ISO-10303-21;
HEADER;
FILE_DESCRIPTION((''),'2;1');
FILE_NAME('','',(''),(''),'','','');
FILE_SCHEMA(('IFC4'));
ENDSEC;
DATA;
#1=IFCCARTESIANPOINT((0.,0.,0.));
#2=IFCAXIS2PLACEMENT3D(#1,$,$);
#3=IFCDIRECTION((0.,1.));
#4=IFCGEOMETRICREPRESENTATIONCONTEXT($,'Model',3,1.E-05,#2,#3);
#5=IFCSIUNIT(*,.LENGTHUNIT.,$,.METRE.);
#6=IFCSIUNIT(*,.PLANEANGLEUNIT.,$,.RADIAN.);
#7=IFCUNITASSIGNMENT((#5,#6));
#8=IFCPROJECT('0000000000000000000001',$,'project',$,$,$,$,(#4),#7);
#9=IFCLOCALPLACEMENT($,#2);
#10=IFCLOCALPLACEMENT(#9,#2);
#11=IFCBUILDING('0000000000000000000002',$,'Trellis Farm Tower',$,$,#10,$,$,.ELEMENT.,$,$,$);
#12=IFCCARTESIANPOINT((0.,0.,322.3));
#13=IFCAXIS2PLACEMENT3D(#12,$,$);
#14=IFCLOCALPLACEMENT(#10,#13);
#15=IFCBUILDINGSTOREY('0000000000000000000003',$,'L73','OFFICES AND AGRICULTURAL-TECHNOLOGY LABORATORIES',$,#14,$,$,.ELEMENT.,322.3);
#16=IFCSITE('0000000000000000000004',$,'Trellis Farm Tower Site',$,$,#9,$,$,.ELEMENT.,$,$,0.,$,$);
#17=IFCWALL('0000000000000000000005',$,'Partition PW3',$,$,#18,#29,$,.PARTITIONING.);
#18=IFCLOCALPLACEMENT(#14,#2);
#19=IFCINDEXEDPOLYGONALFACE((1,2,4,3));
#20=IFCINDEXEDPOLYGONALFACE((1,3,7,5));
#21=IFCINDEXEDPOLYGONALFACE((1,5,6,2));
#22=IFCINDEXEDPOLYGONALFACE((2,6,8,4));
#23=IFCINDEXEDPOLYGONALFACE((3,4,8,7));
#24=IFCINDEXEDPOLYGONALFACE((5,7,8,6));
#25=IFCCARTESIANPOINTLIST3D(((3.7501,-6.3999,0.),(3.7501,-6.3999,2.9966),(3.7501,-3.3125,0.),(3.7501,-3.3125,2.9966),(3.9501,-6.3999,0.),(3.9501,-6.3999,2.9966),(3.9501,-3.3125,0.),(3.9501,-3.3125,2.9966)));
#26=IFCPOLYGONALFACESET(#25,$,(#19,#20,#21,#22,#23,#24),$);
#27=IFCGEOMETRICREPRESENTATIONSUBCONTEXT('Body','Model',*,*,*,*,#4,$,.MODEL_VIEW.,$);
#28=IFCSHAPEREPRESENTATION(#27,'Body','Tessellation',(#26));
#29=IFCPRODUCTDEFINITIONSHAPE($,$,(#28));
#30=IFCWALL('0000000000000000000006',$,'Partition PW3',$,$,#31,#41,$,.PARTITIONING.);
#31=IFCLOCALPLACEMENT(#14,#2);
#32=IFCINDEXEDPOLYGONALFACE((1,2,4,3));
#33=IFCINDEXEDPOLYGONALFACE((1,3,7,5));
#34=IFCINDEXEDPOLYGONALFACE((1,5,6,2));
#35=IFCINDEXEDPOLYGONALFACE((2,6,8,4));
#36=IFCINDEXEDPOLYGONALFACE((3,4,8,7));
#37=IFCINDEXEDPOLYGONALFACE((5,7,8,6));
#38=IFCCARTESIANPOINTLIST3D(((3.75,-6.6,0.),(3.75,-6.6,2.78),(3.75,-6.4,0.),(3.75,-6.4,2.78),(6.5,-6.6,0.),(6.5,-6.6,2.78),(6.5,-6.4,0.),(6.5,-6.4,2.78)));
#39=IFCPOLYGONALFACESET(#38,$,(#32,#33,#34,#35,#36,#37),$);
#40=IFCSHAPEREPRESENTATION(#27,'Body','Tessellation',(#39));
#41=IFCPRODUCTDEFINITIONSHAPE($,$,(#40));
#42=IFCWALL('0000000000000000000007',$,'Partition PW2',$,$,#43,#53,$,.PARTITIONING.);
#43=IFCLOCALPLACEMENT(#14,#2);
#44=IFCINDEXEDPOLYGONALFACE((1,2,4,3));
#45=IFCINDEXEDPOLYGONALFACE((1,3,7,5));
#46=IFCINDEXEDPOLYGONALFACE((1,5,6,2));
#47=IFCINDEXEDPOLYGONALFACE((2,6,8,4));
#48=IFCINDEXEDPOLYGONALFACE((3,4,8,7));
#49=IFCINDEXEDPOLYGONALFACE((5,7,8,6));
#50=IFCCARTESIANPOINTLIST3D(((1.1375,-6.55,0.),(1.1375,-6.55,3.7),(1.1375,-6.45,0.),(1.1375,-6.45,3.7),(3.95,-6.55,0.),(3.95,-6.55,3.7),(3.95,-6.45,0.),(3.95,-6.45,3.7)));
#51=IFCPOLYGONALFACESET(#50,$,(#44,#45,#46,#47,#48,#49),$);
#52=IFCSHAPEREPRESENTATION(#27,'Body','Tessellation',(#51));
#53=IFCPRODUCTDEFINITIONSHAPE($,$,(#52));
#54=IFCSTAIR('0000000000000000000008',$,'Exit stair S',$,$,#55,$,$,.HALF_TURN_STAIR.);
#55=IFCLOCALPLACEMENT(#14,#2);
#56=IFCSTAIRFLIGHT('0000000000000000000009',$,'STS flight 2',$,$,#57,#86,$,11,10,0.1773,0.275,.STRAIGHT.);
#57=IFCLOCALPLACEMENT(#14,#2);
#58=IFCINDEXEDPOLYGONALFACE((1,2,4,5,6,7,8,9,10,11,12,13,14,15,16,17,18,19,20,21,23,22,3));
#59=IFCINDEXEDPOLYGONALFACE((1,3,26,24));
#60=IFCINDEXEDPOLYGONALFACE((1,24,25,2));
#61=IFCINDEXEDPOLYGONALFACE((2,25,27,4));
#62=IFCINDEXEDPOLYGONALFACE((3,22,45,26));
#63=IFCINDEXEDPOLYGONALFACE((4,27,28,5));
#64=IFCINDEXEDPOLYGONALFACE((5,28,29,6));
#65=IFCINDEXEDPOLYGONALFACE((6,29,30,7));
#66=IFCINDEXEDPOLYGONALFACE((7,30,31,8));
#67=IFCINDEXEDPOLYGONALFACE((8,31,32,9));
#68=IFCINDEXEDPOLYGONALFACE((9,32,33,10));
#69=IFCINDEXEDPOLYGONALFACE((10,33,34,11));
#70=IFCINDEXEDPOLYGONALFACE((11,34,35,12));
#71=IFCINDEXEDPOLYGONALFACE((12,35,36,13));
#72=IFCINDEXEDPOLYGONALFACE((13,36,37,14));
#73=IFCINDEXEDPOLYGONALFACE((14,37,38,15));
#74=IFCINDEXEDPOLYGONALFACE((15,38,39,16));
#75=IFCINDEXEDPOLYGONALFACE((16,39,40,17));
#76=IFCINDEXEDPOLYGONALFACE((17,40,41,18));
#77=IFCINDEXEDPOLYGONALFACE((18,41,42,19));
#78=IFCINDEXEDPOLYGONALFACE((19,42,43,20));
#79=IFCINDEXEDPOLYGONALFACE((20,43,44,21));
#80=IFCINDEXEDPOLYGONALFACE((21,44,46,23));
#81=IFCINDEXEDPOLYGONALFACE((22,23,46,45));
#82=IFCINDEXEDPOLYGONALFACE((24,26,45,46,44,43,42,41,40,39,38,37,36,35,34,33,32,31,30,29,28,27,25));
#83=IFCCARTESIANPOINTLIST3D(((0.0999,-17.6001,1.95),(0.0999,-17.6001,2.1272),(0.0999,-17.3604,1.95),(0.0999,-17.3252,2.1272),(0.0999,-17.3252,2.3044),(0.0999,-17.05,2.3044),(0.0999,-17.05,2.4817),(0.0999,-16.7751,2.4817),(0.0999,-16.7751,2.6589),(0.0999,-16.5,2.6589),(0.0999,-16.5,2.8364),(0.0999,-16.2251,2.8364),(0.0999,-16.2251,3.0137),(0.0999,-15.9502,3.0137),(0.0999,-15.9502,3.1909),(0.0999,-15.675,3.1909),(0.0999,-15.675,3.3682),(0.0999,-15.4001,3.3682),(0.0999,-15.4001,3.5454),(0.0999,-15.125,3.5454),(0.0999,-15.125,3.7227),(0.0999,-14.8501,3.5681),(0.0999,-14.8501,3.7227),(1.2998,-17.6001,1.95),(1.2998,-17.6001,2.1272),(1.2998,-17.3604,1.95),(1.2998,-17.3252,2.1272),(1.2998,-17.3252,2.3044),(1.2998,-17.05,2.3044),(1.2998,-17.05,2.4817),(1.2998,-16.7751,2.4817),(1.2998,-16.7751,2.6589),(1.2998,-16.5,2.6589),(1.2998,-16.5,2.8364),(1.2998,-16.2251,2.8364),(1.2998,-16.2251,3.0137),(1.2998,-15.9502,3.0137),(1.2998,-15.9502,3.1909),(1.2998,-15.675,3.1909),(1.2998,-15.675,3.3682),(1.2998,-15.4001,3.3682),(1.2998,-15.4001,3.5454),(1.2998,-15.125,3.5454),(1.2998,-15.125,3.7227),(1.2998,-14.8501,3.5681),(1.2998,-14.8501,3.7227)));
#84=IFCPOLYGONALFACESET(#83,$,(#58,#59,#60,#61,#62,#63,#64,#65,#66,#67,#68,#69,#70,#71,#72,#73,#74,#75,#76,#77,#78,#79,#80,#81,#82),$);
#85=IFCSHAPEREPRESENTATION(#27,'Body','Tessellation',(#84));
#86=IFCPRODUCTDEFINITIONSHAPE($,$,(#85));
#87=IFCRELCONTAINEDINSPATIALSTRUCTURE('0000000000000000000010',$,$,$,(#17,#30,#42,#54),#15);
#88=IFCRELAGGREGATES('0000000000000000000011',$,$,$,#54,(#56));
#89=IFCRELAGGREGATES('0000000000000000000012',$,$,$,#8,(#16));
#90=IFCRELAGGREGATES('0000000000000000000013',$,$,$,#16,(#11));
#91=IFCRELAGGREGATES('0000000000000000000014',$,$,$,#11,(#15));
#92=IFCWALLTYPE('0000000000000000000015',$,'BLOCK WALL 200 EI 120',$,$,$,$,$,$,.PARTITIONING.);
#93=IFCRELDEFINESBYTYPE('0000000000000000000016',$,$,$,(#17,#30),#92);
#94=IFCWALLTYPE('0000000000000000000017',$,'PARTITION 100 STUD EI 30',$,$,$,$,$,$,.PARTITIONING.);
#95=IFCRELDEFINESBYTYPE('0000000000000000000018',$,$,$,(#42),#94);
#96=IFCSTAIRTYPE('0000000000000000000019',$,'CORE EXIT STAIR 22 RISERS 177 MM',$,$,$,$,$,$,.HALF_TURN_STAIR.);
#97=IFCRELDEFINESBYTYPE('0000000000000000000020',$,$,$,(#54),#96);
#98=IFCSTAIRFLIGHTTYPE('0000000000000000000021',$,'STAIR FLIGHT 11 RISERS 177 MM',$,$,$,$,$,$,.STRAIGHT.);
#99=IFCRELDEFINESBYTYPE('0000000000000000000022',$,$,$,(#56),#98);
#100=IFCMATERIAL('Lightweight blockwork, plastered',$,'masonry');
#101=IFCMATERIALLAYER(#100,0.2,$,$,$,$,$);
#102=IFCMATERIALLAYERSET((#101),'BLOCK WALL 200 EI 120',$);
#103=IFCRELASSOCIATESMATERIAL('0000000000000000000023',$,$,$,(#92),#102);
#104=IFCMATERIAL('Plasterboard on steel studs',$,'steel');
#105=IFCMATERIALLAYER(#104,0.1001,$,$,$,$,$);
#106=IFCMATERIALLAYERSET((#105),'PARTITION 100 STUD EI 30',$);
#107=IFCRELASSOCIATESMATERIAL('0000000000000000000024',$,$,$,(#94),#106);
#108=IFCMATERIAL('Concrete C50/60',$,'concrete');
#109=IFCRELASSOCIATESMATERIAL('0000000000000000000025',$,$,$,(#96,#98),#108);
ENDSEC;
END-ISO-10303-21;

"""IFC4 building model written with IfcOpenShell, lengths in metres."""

from ifc_helpers import new_model, si_unit, direction, frame, frame_2d, origin, place, context, subcontext, project, spatial, polyline, rectangle, outline, extrude, source, transform, mapped, material, layer, layer_set, type_object, element, aggregate, save


model = new_model("IFC4")

# Units and contexts
model_context = context("Model", 3, precision=1e-05, world=origin(), true_north=direction((0.0, 1.0)))
body_context = subcontext(model_context, "Body", "Model", "MODEL_VIEW")
ifc_project = project(units=[si_unit("LENGTHUNIT", "METRE"), si_unit("PLANEANGLEUNIT", "RADIAN")], contexts=[model_context])

# Site, building, storey
site_placement = place(None, origin())
site = spatial("IfcSite", under=ifc_project, at=site_placement, Name="Trellis Farm Tower Site", CompositionType="ELEMENT", RefElevation=0.0)
building_placement = place(site_placement, origin())
building = spatial("IfcBuilding", under=site, at=building_placement, Name="Trellis Farm Tower", CompositionType="ELEMENT")
storey_placement = place(building_placement, frame((0.0, 0.0, 322.3)))
storey = spatial("IfcBuildingStorey", under=building, at=storey_placement, Name="L73", Description="OFFICES AND AGRICULTURAL-TECHNOLOGY LABORATORIES", CompositionType="ELEMENT", Elevation=322.3)

# Shared definitions
placement_1 = place(storey_placement, origin())

# Shared definitions
ifc_material_1 = material(Name="Concrete C50/60", Category="concrete")

# Walls
ifc_material_2 = material(Name="Lightweight blockwork, plastered", Category="masonry")
ifc_layer_1 = layer(ifc_material_2, 0.2)
ifc_layer_set_1 = layer_set([ifc_layer_1], Name="BLOCK WALL 200 EI 120")
wall_type_1 = type_object("IfcWallType", Name="BLOCK WALL 200 EI 120", PredefinedType="PARTITIONING", material=ifc_layer_set_1)
shared_shape_1 = source(origin(), body_context, "Body", "SweptSolid", [
    extrude(rectangle(XDim=3.0874, YDim=0.2, at=frame_2d((1.5437, 0.0))), origin(), (0.0, 0.0, 1.0), 2.9966),
])
wall_1_placement = place(storey_placement, frame((3.8501, -6.3999, 0.0), z_axis=(0.0, 0.0, 1.0), x_axis=(0.0, 1.0, 0.0)))
element("IfcWall", 1, at=wall_1_placement, inside=storey, type_object=wall_type_1, Name="Partition PW3", PredefinedType="PARTITIONING", context=body_context, shape_type="MappedRepresentation", body=[
    mapped(shared_shape_1, transform((0.0, 0.0, 0.0))),
])
shared_shape_2 = source(origin(), body_context, "Body", "SweptSolid", [
    extrude(rectangle(XDim=2.75, YDim=0.2, at=frame_2d((1.375, 0.0))), origin(), (0.0, 0.0, 1.0), 2.78),
])
wall_2_placement = place(storey_placement, frame((3.75, -6.5, 0.0), z_axis=(0.0, 0.0, 1.0), x_axis=(1.0, 0.0, 0.0)))
element("IfcWall", 2, at=wall_2_placement, inside=storey, type_object=wall_type_1, Name="Partition PW3", PredefinedType="PARTITIONING", context=body_context, shape_type="MappedRepresentation", body=[
    mapped(shared_shape_2, transform((0.0, 0.0, 0.0))),
])
ifc_material_3 = material(Name="Plasterboard on steel studs", Category="steel")
ifc_layer_2 = layer(ifc_material_3, 0.1001)
ifc_layer_set_2 = layer_set([ifc_layer_2], Name="PARTITION 100 STUD EI 30")
wall_type_2 = type_object("IfcWallType", Name="PARTITION 100 STUD EI 30", PredefinedType="PARTITIONING", material=ifc_layer_set_2)
shared_shape_3 = source(origin(), body_context, "Body", "SweptSolid", [
    extrude(rectangle(XDim=2.8125, YDim=0.1001, at=frame_2d((1.4062, 0.0))), origin(), (0.0, 0.0, 1.0), 3.7),
])
wall_3_placement = place(storey_placement, frame((1.1375, -6.5, 0.0), z_axis=(0.0, 0.0, 1.0), x_axis=(1.0, 0.0, 0.0)))
element("IfcWall", 3, at=wall_3_placement, inside=storey, type_object=wall_type_2, Name="Partition PW2", PredefinedType="PARTITIONING", context=body_context, shape_type="MappedRepresentation", body=[
    mapped(shared_shape_3, transform((0.0, 0.0, 0.0))),
])

# Stair, stair flight
stair_type = type_object("IfcStairType", Name="CORE EXIT STAIR 22 RISERS 177 MM", PredefinedType="HALF_TURN_STAIR", material=ifc_material_1)
stair = element("IfcStair", 4, at=placement_1, inside=storey, type_object=stair_type, Name="Exit stair S", PredefinedType="HALF_TURN_STAIR")
stair_flight_type = type_object("IfcStairFlightType", Name="STAIR FLIGHT 11 RISERS 177 MM", PredefinedType="STRAIGHT", material=ifc_material_1)
shared_shape_4 = source(origin(), body_context, "Body", "SweptSolid", [
    extrude(outline(polyline([(0.0, 0.0), (0.0, 0.1772), (0.2749, 0.1772), (0.2749, 0.3545), (0.55, 0.3545), (0.55, 0.5317), (0.825, 0.5317), (0.825, 0.709), (1.1001, 0.709), (1.1001, 0.8865), (1.375, 0.8865), (1.375, 1.0637), (1.6499, 1.0637), (1.6499, 1.241), (1.925, 1.241), (1.925, 1.4182), (2.2, 1.4182), (2.2, 1.5955), (2.4751, 1.5955), (2.4751, 1.7727), (2.75, 1.7727), (2.75, 1.95), (2.75, 1.6182), (0.2397, 0.0), (0.0, 0.0)])), frame((0.0, 0.6001, 0.0), z_axis=(0.0, -1.0, 0.0), x_axis=(1.0, 0.0, 0.0)), (0.0, 0.0, 1.0), 1.2),
])
stair_flight_placement = place(storey_placement, frame((0.7, -17.6001, 1.95), z_axis=(0.0, 0.0, 1.0), x_axis=(0.0, 1.0, 0.0)))
stair_flight = element("IfcStairFlight", 5, at=stair_flight_placement, type_object=stair_flight_type, Name="STS flight 2", NumberOfRisers=11, NumberOfTreads=10, PredefinedType="STRAIGHT", RiserHeight=0.1773, TreadLength=0.275, context=body_context, shape_type="MappedRepresentation", body=[
    mapped(shared_shape_4, transform((0.0, 0.0, 0.0))),
])
aggregate(stair, [stair_flight])

save(model, "model.ifc")
